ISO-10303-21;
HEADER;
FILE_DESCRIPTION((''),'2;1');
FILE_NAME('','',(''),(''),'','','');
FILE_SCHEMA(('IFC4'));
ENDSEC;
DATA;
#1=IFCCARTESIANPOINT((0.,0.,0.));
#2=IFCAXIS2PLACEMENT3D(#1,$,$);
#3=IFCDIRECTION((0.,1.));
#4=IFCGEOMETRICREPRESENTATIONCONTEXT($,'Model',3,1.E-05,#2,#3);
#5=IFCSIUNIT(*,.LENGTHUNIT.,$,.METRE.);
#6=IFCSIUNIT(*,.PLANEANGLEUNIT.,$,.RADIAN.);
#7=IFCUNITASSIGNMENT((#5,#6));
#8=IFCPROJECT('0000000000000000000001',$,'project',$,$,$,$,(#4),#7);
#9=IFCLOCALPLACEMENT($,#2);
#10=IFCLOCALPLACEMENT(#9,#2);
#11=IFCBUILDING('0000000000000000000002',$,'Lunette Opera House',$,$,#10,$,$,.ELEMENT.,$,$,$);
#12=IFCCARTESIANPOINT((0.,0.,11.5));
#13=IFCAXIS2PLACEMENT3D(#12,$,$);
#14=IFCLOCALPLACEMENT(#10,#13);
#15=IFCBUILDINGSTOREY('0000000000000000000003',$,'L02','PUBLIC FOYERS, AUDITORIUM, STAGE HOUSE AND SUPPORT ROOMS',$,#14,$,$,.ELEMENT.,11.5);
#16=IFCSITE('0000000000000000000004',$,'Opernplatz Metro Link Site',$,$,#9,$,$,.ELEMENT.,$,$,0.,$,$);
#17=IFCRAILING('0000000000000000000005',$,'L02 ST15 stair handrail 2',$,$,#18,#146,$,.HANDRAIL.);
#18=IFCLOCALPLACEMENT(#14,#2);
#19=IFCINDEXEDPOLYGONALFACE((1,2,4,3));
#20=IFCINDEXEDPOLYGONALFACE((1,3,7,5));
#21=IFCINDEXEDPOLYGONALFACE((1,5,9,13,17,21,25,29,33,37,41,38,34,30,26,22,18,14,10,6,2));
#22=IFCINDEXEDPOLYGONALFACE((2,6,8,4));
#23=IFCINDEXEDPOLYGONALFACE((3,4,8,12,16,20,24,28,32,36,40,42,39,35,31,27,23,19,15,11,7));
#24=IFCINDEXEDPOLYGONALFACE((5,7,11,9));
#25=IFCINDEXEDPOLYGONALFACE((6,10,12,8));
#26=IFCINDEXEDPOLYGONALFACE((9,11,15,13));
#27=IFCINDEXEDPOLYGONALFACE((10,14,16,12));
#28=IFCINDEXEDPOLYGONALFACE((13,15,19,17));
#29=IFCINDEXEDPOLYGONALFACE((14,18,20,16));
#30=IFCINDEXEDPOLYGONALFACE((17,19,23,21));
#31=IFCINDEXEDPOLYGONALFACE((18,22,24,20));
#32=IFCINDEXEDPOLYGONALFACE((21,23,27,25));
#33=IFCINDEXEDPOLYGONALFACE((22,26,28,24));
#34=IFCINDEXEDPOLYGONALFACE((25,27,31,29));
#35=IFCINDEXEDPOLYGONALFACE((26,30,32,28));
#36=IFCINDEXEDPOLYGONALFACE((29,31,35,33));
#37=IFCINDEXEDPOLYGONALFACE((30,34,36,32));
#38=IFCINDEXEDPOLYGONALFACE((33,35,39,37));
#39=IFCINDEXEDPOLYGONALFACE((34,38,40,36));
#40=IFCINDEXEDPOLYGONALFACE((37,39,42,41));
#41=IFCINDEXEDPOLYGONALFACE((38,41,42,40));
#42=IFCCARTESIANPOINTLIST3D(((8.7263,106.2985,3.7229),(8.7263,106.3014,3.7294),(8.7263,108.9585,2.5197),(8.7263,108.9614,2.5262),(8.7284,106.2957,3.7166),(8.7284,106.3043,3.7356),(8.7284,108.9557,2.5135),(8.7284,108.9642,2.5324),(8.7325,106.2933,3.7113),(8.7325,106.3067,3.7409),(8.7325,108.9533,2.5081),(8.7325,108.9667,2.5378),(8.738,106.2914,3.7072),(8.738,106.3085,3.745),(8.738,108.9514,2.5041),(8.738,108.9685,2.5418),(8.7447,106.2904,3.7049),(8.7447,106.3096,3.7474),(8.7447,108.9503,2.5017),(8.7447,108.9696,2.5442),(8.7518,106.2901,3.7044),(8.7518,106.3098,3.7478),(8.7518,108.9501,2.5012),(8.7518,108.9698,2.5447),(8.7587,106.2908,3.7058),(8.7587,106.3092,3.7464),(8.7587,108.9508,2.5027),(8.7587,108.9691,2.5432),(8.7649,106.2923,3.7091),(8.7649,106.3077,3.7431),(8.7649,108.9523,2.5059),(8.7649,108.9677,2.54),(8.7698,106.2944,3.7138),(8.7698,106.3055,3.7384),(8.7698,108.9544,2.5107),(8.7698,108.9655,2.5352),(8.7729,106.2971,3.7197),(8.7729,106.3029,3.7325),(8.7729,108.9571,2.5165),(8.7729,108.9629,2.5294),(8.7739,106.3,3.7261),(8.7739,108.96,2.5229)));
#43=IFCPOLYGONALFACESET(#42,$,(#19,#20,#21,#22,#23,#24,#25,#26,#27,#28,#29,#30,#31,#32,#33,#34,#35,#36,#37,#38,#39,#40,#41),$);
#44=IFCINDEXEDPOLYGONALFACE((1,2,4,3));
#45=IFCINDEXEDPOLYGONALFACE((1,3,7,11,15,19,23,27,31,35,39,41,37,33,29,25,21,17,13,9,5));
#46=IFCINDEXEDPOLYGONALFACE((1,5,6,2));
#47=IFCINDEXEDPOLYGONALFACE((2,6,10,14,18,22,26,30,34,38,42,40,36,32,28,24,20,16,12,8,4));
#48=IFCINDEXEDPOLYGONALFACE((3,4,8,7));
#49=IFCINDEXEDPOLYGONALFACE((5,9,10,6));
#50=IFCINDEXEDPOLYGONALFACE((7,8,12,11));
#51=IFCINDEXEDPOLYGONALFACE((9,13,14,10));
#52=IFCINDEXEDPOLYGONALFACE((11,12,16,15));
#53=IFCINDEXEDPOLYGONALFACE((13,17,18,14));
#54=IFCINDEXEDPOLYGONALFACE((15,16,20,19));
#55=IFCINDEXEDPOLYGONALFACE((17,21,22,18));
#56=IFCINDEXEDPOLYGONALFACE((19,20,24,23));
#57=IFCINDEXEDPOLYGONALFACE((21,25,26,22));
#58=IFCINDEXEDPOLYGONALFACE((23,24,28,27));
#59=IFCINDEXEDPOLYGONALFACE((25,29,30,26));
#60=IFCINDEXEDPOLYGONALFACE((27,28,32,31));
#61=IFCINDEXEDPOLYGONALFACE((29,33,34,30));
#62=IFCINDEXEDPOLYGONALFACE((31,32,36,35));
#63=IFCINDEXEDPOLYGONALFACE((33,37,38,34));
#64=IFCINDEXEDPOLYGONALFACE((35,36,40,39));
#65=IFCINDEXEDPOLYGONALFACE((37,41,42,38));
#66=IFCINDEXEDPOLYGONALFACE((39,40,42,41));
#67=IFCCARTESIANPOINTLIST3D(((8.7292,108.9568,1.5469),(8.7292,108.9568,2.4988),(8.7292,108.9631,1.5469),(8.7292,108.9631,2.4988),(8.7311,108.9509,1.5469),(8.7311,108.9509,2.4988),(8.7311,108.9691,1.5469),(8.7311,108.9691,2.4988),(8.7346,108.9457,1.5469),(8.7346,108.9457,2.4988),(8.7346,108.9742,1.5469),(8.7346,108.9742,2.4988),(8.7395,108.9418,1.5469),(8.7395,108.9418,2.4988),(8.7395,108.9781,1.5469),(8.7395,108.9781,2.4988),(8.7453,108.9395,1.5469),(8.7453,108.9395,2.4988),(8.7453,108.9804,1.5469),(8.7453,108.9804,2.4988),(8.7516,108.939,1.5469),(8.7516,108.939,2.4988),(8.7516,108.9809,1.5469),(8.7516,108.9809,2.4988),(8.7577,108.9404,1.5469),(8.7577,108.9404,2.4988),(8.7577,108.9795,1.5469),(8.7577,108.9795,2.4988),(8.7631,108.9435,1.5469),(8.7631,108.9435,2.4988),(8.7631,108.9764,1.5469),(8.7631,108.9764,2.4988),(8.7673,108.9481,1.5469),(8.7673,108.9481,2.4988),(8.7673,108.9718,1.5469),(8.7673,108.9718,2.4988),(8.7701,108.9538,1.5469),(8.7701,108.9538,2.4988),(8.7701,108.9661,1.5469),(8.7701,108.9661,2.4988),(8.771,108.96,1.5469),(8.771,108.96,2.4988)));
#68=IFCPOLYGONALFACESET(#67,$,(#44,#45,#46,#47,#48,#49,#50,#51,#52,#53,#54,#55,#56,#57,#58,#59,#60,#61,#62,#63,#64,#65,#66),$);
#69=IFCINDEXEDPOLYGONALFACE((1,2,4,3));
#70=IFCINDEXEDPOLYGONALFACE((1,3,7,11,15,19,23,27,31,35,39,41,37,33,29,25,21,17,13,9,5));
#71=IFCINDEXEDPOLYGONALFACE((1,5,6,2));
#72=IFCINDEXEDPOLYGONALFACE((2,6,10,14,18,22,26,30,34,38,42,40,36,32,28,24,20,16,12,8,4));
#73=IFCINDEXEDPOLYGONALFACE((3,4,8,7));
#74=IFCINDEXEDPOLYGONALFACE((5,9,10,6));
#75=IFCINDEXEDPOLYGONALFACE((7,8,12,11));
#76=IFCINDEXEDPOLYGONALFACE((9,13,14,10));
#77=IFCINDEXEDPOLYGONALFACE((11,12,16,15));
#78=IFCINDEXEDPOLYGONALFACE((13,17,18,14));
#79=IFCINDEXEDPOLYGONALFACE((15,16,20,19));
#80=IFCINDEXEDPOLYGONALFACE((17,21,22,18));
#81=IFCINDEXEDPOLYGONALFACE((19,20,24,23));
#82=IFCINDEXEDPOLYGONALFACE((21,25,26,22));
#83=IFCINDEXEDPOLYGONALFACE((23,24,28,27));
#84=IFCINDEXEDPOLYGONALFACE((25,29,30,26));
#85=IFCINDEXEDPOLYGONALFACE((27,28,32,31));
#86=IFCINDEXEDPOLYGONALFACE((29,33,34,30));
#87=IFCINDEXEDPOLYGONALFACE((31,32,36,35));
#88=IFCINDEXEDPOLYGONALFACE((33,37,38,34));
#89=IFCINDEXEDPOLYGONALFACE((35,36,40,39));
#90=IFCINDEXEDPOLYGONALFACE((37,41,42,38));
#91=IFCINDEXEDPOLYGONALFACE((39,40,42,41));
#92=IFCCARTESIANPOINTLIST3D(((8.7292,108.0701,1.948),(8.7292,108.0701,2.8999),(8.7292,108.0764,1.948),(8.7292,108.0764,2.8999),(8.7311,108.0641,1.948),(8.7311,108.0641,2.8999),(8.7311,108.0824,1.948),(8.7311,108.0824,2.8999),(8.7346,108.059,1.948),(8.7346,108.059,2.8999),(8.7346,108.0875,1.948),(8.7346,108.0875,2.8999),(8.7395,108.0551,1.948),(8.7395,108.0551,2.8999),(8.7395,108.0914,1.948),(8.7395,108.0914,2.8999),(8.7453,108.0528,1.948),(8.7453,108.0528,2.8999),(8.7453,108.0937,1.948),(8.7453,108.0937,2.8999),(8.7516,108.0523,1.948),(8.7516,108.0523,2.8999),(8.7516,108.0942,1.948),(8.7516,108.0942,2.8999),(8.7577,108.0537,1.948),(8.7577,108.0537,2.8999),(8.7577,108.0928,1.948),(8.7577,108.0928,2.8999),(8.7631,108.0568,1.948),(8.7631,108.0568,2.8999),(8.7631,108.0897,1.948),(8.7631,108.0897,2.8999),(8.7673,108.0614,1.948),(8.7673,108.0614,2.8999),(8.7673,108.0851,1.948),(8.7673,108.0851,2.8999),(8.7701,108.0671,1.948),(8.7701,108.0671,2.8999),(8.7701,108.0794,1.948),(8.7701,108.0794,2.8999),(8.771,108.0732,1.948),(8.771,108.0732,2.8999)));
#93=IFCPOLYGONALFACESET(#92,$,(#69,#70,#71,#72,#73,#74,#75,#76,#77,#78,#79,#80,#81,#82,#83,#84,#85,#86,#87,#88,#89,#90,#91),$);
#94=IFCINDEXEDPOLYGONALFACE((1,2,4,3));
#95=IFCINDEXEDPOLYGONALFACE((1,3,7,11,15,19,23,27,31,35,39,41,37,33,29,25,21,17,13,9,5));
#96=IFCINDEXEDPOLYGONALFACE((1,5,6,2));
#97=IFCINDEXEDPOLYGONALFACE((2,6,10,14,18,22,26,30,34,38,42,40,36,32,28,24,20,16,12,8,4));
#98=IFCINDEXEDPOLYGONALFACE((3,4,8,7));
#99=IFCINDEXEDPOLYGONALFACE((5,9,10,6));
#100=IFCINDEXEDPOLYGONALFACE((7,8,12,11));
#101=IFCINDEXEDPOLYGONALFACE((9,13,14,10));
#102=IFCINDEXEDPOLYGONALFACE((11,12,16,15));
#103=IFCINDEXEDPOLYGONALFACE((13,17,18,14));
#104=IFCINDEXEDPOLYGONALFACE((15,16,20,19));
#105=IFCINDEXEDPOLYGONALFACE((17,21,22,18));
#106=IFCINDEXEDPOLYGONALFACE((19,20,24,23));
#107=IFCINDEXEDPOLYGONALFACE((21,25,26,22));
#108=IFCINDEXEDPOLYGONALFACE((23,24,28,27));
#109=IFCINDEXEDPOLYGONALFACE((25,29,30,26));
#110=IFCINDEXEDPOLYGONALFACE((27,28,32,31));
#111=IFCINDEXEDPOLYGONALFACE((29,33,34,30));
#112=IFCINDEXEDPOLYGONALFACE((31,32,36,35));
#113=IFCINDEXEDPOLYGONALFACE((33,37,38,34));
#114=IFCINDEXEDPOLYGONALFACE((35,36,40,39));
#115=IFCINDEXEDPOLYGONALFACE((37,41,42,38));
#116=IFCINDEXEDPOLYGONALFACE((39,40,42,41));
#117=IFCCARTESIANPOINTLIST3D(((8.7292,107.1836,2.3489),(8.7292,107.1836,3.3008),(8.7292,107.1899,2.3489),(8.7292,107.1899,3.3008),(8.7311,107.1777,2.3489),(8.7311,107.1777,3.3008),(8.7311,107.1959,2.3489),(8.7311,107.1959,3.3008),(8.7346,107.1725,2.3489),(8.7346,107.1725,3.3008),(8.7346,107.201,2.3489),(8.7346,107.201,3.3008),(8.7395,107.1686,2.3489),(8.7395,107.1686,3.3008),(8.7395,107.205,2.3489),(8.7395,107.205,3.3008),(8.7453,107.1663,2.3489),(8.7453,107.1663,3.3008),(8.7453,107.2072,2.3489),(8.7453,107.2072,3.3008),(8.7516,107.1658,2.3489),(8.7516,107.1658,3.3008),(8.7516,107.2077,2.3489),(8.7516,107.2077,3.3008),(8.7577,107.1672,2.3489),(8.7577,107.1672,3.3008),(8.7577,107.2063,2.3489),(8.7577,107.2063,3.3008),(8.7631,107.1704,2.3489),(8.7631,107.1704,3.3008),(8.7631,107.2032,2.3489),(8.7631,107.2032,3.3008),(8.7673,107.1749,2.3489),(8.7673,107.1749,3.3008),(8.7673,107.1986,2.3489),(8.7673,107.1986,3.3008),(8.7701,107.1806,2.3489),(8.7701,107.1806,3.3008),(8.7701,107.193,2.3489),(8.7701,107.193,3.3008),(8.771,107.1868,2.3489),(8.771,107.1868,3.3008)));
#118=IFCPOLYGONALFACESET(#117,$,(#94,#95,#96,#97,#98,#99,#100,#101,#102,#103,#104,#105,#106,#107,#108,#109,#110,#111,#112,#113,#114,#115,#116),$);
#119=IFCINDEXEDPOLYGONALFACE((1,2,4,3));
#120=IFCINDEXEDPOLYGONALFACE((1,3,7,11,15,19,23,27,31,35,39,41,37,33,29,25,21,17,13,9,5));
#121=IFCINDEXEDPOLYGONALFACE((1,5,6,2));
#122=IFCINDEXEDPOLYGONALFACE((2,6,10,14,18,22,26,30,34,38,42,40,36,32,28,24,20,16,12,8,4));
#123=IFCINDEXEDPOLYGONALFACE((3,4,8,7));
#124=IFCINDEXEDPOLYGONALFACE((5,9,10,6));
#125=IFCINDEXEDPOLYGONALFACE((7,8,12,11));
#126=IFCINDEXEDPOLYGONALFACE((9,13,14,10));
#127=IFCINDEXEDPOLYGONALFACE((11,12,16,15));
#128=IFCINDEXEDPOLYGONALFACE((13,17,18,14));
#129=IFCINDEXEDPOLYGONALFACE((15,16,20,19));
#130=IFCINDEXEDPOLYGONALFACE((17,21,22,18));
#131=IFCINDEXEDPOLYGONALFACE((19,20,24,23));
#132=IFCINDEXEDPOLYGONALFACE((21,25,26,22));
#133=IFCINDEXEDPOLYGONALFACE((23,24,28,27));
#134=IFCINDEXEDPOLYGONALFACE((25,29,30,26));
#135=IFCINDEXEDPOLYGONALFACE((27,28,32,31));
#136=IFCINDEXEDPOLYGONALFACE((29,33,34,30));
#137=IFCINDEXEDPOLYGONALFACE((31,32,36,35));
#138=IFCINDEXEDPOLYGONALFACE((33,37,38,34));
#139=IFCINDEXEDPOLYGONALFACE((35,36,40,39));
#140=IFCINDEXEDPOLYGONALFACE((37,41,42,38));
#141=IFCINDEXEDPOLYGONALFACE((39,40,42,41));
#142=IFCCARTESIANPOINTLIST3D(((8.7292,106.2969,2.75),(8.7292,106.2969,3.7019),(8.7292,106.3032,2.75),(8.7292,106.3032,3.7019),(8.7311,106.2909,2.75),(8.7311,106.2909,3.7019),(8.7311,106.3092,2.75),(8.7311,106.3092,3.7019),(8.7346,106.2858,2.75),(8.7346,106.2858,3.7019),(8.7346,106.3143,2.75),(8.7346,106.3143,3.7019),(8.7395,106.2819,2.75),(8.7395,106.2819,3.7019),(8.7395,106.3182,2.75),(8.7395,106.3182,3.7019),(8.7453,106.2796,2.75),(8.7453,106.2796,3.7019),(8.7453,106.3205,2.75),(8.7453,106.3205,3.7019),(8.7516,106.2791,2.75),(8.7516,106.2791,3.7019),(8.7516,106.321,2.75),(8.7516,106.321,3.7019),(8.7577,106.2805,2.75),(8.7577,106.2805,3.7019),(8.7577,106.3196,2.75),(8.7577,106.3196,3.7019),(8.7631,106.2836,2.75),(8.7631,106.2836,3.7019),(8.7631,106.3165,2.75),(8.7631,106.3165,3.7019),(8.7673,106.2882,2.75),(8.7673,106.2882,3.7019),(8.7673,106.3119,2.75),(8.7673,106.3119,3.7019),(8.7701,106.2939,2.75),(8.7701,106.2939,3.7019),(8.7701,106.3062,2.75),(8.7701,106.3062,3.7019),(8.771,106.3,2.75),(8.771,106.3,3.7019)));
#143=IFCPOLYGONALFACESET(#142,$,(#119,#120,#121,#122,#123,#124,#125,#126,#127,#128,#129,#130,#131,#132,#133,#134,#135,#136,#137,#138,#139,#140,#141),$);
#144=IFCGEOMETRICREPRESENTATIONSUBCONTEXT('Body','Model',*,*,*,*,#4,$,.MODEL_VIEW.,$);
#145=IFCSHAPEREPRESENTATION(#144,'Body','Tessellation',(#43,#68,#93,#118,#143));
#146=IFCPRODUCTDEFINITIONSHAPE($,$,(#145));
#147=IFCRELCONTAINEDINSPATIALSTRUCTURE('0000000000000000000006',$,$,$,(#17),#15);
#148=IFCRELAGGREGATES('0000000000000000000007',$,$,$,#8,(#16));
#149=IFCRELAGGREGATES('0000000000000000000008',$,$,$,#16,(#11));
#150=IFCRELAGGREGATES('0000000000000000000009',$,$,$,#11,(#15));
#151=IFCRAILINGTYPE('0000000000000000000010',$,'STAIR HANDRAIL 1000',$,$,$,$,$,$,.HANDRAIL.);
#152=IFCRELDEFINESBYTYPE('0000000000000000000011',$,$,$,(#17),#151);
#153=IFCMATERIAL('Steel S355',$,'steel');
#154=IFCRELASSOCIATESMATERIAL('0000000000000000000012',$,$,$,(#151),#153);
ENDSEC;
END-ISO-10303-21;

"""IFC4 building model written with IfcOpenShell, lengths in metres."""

from ifc_helpers import new_model, si_unit, direction, frame, origin, origin_2d, place, context, subcontext, project, spatial, circle, extrude, material, type_object, element, save


model = new_model("IFC4")

# Units and contexts
model_context = context("Model", 3, precision=1e-05, world=origin(), true_north=direction((0.0, 1.0)))
body_context = subcontext(model_context, "Body", "Model", "MODEL_VIEW")
ifc_project = project(units=[si_unit("LENGTHUNIT", "METRE"), si_unit("PLANEANGLEUNIT", "RADIAN")], contexts=[model_context])

# Site, building, storey
site_placement = place(None, origin())
site = spatial("IfcSite", under=ifc_project, at=site_placement, Name="Opernplatz Metro Link Site", CompositionType="ELEMENT", RefElevation=0.0)
building_placement = place(site_placement, origin())
building = spatial("IfcBuilding", under=site, at=building_placement, Name="Lunette Opera House", CompositionType="ELEMENT")
storey_placement = place(building_placement, frame((0.0, 0.0, 11.5)))
storey = spatial("IfcBuildingStorey", under=building, at=storey_placement, Name="L02", Description="PUBLIC FOYERS, AUDITORIUM, STAGE HOUSE AND SUPPORT ROOMS", CompositionType="ELEMENT", Elevation=11.5)

# Railing
ifc_material_1 = material(Name="Steel S355", Category="steel")
railing_type_1 = type_object("IfcRailingType", Name="STAIR HANDRAIL 1000", PredefinedType="HANDRAIL", material=ifc_material_1)
for number, where, name in (
    (1, (8.75, 108.96, 1.5469), "L02 ST15 stair handrail 2"),
):
    element("IfcRailing", number, at=place(storey_placement, frame(where)), inside=storey, type_object=railing_type_1, Name=name, PredefinedType="HANDRAIL", context=body_context, shape_type="SweptSolid", body=[
        extrude(circle(Radius=0.0239, at=origin_2d()), frame((0.0, 0.0, 0.9761), z_axis=(0.0, -0.91113, 0.41212), x_axis=(1.0, 0.0, 0.0)), (0.0, 0.0, 1.0), 2.9194),
        extrude(circle(Radius=0.021, at=origin_2d()), origin(), (0.0, 0.0, 1.0), 0.9519),
        extrude(circle(Radius=0.021, at=origin_2d()), frame((0.0, -0.8867, 0.4011)), (0.0, 0.0, 1.0), 0.9519),
        extrude(circle(Radius=0.021, at=origin_2d()), frame((0.0, -1.7732, 0.802)), (0.0, 0.0, 1.0), 0.9519),
        extrude(circle(Radius=0.021, at=origin_2d()), frame((0.0, -2.6599, 1.2031)), (0.0, 0.0, 1.0), 0.9519),
    ])

save(model, "model.ifc")
